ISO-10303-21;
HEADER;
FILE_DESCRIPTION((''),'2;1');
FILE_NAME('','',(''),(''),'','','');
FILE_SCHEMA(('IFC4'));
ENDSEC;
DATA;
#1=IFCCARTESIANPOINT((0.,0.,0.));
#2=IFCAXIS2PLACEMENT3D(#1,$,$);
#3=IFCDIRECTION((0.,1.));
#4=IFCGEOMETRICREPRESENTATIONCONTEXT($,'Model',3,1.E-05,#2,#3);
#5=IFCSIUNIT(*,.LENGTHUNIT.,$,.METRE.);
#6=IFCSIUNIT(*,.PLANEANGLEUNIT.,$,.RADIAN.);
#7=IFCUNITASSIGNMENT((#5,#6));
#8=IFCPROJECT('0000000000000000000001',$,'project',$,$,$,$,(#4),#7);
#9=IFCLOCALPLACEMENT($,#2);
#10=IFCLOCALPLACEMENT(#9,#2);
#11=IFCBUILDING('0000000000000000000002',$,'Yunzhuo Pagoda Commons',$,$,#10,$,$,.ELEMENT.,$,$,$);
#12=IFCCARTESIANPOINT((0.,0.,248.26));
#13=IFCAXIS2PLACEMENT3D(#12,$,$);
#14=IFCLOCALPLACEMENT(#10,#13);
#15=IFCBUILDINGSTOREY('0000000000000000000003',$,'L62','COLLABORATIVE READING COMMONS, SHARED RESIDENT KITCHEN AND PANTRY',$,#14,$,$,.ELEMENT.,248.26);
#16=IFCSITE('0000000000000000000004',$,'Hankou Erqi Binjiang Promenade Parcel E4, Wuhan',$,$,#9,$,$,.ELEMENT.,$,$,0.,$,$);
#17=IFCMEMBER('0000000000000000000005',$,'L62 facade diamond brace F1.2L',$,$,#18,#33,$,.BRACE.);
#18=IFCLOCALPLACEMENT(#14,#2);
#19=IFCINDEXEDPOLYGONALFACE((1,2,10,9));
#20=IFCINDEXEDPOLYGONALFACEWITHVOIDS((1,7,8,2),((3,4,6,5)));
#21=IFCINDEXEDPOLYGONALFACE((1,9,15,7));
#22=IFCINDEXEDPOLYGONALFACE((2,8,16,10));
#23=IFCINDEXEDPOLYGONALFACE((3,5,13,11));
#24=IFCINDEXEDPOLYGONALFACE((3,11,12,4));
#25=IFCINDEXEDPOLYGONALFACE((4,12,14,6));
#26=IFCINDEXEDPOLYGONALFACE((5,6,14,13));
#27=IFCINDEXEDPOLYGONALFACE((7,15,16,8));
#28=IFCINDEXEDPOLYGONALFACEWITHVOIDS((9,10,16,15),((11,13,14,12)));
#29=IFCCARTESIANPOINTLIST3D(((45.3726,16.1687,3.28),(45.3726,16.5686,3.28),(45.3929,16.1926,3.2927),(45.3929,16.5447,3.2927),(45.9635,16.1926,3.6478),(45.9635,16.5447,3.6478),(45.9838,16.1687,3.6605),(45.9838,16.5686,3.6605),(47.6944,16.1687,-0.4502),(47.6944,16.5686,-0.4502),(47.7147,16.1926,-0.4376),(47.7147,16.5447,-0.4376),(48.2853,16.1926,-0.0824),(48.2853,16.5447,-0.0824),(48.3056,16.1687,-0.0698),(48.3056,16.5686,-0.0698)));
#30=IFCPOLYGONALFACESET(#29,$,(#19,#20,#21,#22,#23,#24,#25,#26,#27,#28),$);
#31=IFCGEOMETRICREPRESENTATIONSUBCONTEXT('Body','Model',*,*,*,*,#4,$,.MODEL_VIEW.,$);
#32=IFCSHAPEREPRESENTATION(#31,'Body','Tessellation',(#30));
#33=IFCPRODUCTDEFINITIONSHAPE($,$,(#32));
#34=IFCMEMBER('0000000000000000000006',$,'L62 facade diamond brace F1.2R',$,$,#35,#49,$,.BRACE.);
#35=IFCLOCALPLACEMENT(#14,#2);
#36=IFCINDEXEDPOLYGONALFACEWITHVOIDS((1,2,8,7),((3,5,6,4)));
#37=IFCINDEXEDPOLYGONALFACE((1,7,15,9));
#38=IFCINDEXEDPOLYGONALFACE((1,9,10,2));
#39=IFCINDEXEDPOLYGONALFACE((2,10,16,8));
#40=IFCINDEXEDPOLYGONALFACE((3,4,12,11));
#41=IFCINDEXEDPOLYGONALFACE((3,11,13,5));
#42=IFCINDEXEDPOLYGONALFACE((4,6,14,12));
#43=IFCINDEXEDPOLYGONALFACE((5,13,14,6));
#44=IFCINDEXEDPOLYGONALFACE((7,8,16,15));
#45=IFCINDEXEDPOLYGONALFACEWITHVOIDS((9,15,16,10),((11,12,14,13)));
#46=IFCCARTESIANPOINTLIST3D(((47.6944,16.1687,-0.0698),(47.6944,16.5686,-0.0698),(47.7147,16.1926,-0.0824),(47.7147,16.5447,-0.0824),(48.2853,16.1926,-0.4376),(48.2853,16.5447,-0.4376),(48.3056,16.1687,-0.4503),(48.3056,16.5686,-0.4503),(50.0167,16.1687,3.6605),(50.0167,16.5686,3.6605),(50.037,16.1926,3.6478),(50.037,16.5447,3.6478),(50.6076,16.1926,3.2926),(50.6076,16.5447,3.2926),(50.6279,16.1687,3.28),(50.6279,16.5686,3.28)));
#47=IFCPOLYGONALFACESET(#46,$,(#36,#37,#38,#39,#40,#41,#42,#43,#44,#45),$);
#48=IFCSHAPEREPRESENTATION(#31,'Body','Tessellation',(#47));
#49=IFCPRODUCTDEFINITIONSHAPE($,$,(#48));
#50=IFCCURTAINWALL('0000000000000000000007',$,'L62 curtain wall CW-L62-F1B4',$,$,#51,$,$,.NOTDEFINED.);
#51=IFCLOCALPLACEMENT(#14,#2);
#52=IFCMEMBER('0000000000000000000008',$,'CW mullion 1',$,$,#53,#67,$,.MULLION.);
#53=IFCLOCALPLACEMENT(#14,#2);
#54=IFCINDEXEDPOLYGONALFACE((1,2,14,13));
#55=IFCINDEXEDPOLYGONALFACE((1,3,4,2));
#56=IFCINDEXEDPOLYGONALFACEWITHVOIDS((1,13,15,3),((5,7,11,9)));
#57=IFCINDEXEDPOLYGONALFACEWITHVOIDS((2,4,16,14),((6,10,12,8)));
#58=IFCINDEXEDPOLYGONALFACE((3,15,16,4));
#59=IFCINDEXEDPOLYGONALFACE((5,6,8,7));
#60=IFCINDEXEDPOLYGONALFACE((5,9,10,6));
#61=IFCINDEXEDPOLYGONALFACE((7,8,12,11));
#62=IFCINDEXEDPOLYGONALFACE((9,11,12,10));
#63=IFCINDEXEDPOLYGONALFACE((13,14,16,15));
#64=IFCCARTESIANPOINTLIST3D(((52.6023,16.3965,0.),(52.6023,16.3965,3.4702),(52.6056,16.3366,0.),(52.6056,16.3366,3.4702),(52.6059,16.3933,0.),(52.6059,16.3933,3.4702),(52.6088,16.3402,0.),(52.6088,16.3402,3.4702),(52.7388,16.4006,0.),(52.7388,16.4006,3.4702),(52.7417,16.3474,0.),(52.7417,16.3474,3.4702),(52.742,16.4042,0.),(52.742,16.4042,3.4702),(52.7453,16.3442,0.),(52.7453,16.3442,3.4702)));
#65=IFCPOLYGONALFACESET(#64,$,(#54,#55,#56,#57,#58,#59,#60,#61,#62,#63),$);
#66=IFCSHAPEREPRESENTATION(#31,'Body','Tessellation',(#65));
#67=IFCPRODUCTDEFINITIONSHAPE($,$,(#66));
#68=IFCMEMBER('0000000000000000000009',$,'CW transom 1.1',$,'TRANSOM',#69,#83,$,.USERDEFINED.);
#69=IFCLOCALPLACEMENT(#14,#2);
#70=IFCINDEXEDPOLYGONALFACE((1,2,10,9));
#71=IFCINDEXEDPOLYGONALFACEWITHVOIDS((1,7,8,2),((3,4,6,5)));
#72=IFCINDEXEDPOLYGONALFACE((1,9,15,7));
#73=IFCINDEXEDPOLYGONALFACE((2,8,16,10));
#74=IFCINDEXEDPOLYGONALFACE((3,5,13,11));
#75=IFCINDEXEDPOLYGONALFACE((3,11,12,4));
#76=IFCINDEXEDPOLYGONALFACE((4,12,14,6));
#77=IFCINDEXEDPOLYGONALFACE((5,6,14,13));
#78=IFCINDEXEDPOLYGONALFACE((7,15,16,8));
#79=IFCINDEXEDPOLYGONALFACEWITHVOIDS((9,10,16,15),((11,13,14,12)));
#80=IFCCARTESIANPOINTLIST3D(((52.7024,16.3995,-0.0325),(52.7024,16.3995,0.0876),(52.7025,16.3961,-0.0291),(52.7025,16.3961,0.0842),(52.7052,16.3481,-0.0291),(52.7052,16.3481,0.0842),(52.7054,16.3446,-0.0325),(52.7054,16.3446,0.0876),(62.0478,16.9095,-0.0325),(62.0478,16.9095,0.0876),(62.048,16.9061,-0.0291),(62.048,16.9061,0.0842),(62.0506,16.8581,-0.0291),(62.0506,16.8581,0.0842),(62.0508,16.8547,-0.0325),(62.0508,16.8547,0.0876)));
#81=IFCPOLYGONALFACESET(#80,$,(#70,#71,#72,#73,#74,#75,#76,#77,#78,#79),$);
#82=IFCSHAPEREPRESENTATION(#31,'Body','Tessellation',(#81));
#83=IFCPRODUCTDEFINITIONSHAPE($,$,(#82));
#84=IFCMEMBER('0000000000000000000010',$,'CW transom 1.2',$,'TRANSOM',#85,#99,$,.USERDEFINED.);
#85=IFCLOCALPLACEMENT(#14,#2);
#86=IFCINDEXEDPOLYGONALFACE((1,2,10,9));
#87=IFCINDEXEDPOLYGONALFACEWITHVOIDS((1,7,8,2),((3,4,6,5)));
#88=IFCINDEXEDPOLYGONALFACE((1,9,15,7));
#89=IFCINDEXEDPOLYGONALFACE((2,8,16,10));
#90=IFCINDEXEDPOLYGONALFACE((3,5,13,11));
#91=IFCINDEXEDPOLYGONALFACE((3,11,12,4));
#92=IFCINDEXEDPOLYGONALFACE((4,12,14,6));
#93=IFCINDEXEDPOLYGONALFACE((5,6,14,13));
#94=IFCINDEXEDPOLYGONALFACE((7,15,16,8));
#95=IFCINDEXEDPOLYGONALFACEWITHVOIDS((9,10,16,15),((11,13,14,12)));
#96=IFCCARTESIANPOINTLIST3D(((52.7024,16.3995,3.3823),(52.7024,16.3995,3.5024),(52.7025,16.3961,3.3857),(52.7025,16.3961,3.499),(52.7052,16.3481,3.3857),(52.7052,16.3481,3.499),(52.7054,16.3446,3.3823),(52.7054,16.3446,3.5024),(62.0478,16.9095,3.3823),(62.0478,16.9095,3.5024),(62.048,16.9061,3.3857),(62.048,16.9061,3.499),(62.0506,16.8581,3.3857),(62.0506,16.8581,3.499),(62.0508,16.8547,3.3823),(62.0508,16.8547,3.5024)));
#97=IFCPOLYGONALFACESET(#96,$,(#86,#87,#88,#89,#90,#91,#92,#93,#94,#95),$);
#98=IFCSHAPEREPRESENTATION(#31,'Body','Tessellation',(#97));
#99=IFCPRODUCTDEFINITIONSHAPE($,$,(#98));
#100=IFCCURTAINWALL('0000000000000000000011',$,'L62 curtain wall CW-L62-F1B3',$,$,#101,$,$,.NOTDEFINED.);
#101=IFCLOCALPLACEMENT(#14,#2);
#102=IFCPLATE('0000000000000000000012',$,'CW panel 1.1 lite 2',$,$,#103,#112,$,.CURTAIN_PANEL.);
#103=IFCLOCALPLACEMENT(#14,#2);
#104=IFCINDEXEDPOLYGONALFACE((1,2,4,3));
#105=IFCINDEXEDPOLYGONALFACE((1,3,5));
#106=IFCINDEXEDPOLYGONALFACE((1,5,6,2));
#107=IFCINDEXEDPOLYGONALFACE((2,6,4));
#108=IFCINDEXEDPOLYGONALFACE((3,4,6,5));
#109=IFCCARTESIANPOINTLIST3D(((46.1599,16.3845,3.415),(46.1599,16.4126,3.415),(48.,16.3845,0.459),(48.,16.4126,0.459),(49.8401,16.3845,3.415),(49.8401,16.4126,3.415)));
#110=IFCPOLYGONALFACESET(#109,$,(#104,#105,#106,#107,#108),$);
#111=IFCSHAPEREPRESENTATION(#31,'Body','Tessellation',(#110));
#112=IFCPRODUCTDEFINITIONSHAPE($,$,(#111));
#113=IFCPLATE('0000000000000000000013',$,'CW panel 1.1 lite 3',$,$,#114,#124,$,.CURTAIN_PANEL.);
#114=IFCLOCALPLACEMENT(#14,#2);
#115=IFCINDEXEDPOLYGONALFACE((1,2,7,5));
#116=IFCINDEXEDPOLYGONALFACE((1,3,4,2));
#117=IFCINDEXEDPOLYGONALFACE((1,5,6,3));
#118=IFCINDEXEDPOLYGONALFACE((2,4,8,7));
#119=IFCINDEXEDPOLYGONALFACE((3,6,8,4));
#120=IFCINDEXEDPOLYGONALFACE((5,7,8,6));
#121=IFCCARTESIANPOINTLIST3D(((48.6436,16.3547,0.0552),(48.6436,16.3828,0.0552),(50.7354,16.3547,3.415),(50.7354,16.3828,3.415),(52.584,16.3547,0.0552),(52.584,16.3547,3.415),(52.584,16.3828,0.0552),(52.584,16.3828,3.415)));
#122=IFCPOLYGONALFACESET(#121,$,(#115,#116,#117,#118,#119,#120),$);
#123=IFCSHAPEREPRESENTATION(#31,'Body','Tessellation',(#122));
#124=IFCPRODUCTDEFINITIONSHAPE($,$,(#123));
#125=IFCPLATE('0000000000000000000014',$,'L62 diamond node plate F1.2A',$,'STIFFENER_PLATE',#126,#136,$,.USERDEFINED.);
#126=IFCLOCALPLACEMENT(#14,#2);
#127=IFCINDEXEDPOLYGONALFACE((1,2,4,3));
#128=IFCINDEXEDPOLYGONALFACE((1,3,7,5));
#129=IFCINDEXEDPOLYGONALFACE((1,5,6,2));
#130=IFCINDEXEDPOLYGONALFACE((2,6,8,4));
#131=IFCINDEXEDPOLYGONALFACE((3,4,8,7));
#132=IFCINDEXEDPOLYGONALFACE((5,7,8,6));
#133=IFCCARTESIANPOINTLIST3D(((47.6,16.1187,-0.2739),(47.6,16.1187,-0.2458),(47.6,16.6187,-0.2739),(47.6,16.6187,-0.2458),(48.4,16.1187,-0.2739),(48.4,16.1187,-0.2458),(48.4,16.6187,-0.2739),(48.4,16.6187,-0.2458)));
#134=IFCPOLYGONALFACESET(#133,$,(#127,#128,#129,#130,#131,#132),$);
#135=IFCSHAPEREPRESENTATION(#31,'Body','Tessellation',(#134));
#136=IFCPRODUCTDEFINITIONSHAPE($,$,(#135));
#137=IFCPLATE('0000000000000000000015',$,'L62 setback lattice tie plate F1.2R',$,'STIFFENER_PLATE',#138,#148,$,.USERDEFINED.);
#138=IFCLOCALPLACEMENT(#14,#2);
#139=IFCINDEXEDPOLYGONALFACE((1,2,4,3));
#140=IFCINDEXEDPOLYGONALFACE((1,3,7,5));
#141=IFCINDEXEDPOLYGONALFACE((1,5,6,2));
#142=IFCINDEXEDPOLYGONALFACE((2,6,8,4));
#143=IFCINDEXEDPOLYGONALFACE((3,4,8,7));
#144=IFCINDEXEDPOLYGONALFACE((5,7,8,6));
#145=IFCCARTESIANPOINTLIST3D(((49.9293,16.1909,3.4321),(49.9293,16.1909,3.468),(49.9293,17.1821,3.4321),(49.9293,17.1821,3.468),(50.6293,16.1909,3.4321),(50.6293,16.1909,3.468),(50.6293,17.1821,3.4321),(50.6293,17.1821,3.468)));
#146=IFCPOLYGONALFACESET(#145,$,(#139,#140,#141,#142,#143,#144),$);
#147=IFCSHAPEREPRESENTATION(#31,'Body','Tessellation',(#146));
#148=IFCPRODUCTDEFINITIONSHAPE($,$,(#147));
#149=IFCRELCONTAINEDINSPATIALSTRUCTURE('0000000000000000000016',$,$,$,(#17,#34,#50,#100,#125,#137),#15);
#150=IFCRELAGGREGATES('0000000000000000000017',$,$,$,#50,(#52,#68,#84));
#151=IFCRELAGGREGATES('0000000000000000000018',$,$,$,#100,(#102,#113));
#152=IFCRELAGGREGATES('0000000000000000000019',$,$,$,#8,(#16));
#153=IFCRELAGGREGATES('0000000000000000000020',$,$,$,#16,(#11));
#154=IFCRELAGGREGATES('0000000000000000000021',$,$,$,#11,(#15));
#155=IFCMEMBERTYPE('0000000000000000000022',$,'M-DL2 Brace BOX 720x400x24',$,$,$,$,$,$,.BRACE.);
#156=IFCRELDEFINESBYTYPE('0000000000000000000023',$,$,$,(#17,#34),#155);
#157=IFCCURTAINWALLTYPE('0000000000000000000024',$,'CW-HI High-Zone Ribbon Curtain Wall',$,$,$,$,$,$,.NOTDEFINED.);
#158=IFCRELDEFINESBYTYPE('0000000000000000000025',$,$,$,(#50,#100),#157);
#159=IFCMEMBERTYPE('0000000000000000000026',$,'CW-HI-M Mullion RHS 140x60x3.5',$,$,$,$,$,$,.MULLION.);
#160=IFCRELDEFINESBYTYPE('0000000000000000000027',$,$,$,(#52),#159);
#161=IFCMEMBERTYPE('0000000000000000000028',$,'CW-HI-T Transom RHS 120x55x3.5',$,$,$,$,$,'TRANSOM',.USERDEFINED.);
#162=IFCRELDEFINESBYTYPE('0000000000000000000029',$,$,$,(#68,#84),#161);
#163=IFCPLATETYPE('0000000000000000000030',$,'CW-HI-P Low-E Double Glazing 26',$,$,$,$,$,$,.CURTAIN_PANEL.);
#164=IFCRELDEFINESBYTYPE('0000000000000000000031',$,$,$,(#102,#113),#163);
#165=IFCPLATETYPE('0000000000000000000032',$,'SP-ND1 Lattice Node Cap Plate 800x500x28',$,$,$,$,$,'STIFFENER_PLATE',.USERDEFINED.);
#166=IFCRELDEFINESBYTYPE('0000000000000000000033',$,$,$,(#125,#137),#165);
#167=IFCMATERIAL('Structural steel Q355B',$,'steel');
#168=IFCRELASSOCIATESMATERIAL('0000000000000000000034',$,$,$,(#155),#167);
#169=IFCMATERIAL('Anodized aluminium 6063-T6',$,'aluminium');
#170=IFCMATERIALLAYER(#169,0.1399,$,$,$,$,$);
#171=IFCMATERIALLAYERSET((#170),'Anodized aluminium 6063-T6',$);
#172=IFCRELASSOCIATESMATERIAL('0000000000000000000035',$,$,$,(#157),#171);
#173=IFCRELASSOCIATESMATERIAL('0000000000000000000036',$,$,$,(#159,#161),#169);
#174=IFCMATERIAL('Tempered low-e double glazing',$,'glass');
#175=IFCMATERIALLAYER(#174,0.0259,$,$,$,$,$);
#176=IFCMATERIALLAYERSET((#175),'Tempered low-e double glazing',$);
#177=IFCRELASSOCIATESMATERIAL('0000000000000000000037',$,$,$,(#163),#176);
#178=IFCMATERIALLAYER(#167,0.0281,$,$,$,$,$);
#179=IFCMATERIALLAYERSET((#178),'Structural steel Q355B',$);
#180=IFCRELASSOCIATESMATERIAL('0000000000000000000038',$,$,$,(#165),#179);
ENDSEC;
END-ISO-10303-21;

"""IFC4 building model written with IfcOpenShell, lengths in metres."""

from ifc_helpers import new_model, si_unit, direction, frame, origin, origin_2d, place, context, subcontext, project, spatial, polyline, rectangle, hollow_rectangle, outline, extrude, source, transform, mapped, material, layer, layer_set, material_profile, profile_set, type_object, element, aggregate, save


model = new_model("IFC4")

# Units and contexts
model_context = context("Model", 3, precision=1e-05, world=origin(), true_north=direction((0.0, 1.0)))
body_context = subcontext(model_context, "Body", "Model", "MODEL_VIEW")
ifc_project = project(units=[si_unit("LENGTHUNIT", "METRE"), si_unit("PLANEANGLEUNIT", "RADIAN")], contexts=[model_context])

# Site, building, storey
site_placement = place(None, origin())
site = spatial("IfcSite", under=ifc_project, at=site_placement, Name="Hankou Erqi Binjiang Promenade Parcel E4, Wuhan", CompositionType="ELEMENT", RefElevation=0.0)
building_placement = place(site_placement, origin())
building = spatial("IfcBuilding", under=site, at=building_placement, Name="Yunzhuo Pagoda Commons", CompositionType="ELEMENT")
storey_placement = place(building_placement, frame((0.0, 0.0, 248.26)))
storey = spatial("IfcBuildingStorey", under=building, at=storey_placement, Name="L62", Description="COLLABORATIVE READING COMMONS, SHARED RESIDENT KITCHEN AND PANTRY", CompositionType="ELEMENT", Elevation=248.26)

# Shared definitions
ifc_material_1 = material(Name="Structural steel Q355B", Category="steel")

# Members
ifc_material_profile_1 = material_profile(ifc_material_1, hollow_rectangle(XDim=0.3999, YDim=0.72, WallThickness=0.0239, at=origin_2d()), Name="Structural steel Q355B")
ifc_profile_set_1 = profile_set([ifc_material_profile_1], Name="Structural steel Q355B")
member_type_1 = type_object("IfcMemberType", Name="M-DL2 Brace BOX 720x400x24", PredefinedType="BRACE", material=ifc_profile_set_1)
shared_shape_1 = source(origin(), body_context, "Body", "SweptSolid", [
    extrude(hollow_rectangle(XDim=0.3999, YDim=0.72, WallThickness=0.0239, at=origin_2d()), origin(), (0.0, 0.0, 1.0), 4.3938),
])
member_1_placement = place(storey_placement, frame((48.0, 16.3687, -0.26), z_axis=(-0.528425, 0.0, 0.84898), x_axis=(0.0, -1.0, 0.0)))
element("IfcMember", 1, at=member_1_placement, inside=storey, type_object=member_type_1, Name="L62 facade diamond brace F1.2L", PredefinedType="BRACE", context=body_context, shape_type="MappedRepresentation", body=[
    mapped(shared_shape_1, transform((0.0, 0.0, 0.0), scale=1.0)),
])
shared_shape_2 = source(origin(), body_context, "Body", "SweptSolid", [
    extrude(hollow_rectangle(XDim=0.3999, YDim=0.72, WallThickness=0.0239, at=origin_2d()), origin(), (0.0, 0.0, 1.0), 4.394),
])
member_2_placement = place(storey_placement, frame((48.0, 16.3687, -0.26), z_axis=(0.528505, 0.0, 0.84893), x_axis=(0.0, 1.0, 0.0)))
element("IfcMember", 2, at=member_2_placement, inside=storey, type_object=member_type_1, Name="L62 facade diamond brace F1.2R", PredefinedType="BRACE", context=body_context, shape_type="MappedRepresentation", body=[
    mapped(shared_shape_2, transform((0.0, 0.0, 0.0), scale=1.0)),
])

# Curtain wall, members
ifc_material_2 = material(Name="Anodized aluminium 6063-T6", Category="aluminium")
ifc_layer_1 = layer(ifc_material_2, 0.1399)
ifc_layer_set_1 = layer_set([ifc_layer_1], Name="Anodized aluminium 6063-T6")
curtain_wall_type = type_object("IfcCurtainWallType", Name="CW-HI High-Zone Ribbon Curtain Wall", PredefinedType="NOTDEFINED", material=ifc_layer_set_1)
curtain_wall_1_placement = place(storey_placement, origin())
curtain_wall_1 = element("IfcCurtainWall", 3, at=curtain_wall_1_placement, inside=storey, type_object=curtain_wall_type, Name="L62 curtain wall CW-L62-F1B4", PredefinedType="NOTDEFINED")
ifc_material_profile_2 = material_profile(ifc_material_2, hollow_rectangle(XDim=0.0601, YDim=0.1399, WallThickness=0.0034, at=origin_2d()), Name="Anodized aluminium 6063-T6")
ifc_profile_set_2 = profile_set([ifc_material_profile_2], Name="Anodized aluminium 6063-T6")
member_type_2 = type_object("IfcMemberType", Name="CW-HI-M Mullion RHS 140x60x3.5", PredefinedType="MULLION", material=ifc_profile_set_2)
shared_shape_3 = source(origin(), body_context, "Body", "SweptSolid", [
    extrude(hollow_rectangle(XDim=0.0601, YDim=0.1399, WallThickness=0.0034, at=origin_2d()), origin(), (0.0, 0.0, 1.0), 3.4702),
])
member_3_placement = place(storey_placement, frame((52.6738, 16.3704, 0.0), z_axis=(0.0, 0.0, 1.0), x_axis=(-0.054497, 0.998514, 0.0)))
member_3 = element("IfcMember", 4, at=member_3_placement, type_object=member_type_2, Name="CW mullion 1", PredefinedType="MULLION", context=body_context, shape_type="MappedRepresentation", body=[
    mapped(shared_shape_3, transform((0.0, 0.0, 0.0), scale=1.0)),
])
ifc_material_profile_3 = material_profile(ifc_material_2, hollow_rectangle(XDim=0.0549, YDim=0.1201, WallThickness=0.0034, at=origin_2d()), Name="Anodized aluminium 6063-T6")
ifc_profile_set_3 = profile_set([ifc_material_profile_3], Name="Anodized aluminium 6063-T6")
member_type_3 = type_object("IfcMemberType", Name="CW-HI-T Transom RHS 120x55x3.5", ElementType="TRANSOM", PredefinedType="USERDEFINED", material=ifc_profile_set_3)
shared_shape_4 = source(origin(), body_context, "Body", "SweptSolid", [
    extrude(hollow_rectangle(XDim=0.0549, YDim=0.1201, WallThickness=0.0034, at=origin_2d()), origin(), (0.0, 0.0, 1.0), 9.3594),
])
member_4_placement = place(storey_placement, frame((52.7039, 16.3721, 0.0276), z_axis=(0.998514, 0.054492, 0.0), x_axis=(-0.054492, 0.998514, 0.0)))
member_4 = element("IfcMember", 5, at=member_4_placement, type_object=member_type_3, Name="CW transom 1.1", ObjectType="TRANSOM", PredefinedType="USERDEFINED", context=body_context, shape_type="MappedRepresentation", body=[
    mapped(shared_shape_4, transform((0.0, 0.0, 0.0), scale=1.0)),
])
member_5_placement = place(storey_placement, frame((52.7039, 16.3721, 3.4424), z_axis=(0.998514, 0.054492, 0.0), x_axis=(-0.054492, 0.998514, 0.0)))
member_5 = element("IfcMember", 6, at=member_5_placement, type_object=member_type_3, Name="CW transom 1.2", ObjectType="TRANSOM", PredefinedType="USERDEFINED", context=body_context, shape_type="MappedRepresentation", body=[
    mapped(shared_shape_4, transform((0.0, 0.0, 0.0), scale=1.0)),
])
aggregate(curtain_wall_1, [member_3, member_4, member_5])

# Curtain wall, plates
curtain_wall_2_placement = place(storey_placement, origin())
curtain_wall_2 = element("IfcCurtainWall", 7, at=curtain_wall_2_placement, inside=storey, type_object=curtain_wall_type, Name="L62 curtain wall CW-L62-F1B3", PredefinedType="NOTDEFINED")
ifc_material_3 = material(Name="Tempered low-e double glazing", Category="glass")
ifc_layer_2 = layer(ifc_material_3, 0.0259)
ifc_layer_set_2 = layer_set([ifc_layer_2], Name="Tempered low-e double glazing")
plate_type_1 = type_object("IfcPlateType", Name="CW-HI-P Low-E Double Glazing 26", PredefinedType="CURTAIN_PANEL", material=ifc_layer_set_2)
plate_1_placement = place(storey_placement, frame((48.0, 16.4126, 1.937), z_axis=(0.0, -1.0, 0.0), x_axis=(1.0, 0.0, 0.0)))
plate_1 = element("IfcPlate", 8, at=plate_1_placement, type_object=plate_type_1, Name="CW panel 1.1 lite 2", PredefinedType="CURTAIN_PANEL", context=body_context, shape_type="SweptSolid", body=[
    extrude(outline(polyline([(-1.8401, 1.478), (0.0, -1.478), (1.8401, 1.478), (-1.8401, 1.478)])), origin(), (0.0, 0.0, 1.0), 0.0281),
])
plate_2_placement = place(storey_placement, frame((50.6138, 16.3828, 1.7351), z_axis=(0.0, -1.0, 0.0), x_axis=(1.0, 0.0, 0.0)))
plate_2 = element("IfcPlate", 9, at=plate_2_placement, type_object=plate_type_1, Name="CW panel 1.1 lite 3", PredefinedType="CURTAIN_PANEL", context=body_context, shape_type="SweptSolid", body=[
    extrude(outline(polyline([(-1.9702, -1.6799), (1.9702, -1.6799), (1.9702, 1.6799), (0.1216, 1.6799), (-1.9702, -1.6799)])), origin(), (0.0, 0.0, 1.0), 0.0281),
])
aggregate(curtain_wall_2, [plate_1, plate_2])

# Plates
ifc_layer_3 = layer(ifc_material_1, 0.0281)
ifc_layer_set_3 = layer_set([ifc_layer_3], Name="Structural steel Q355B")
plate_type_2 = type_object("IfcPlateType", Name="SP-ND1 Lattice Node Cap Plate 800x500x28", ElementType="STIFFENER_PLATE", PredefinedType="USERDEFINED", material=ifc_layer_set_3)
shared_shape_5 = source(origin(), body_context, "Body", "SweptSolid", [
    extrude(rectangle(XDim=0.8, YDim=0.5, at=origin_2d()), origin(), (0.0, 0.0, 1.0), 0.0281),
])
plate_3_placement = place(storey_placement, frame((48.0, 16.3687, -0.2739), z_axis=(0.0, 0.0, 1.0), x_axis=(1.0, 0.0, 0.0)))
element("IfcPlate", 10, at=plate_3_placement, inside=storey, type_object=plate_type_2, Name="L62 diamond node plate F1.2A", ObjectType="STIFFENER_PLATE", PredefinedType="USERDEFINED", context=body_context, shape_type="MappedRepresentation", body=[
    mapped(shared_shape_5, transform((0.0, 0.0, 0.0), scale=1.0)),
])
shared_shape_6 = source(origin(), body_context, "Body", "SweptSolid", [
    extrude(rectangle(XDim=0.7, YDim=0.9912, at=origin_2d()), origin(), (0.0, 0.0, 1.0), 0.0359),
])
plate_4_placement = place(storey_placement, frame((50.2793, 16.6865, 3.4321), z_axis=(0.0, 0.0, 1.0), x_axis=(1.0, 0.0, 0.0)))
element("IfcPlate", 11, at=plate_4_placement, inside=storey, type_object=plate_type_2, Name="L62 setback lattice tie plate F1.2R", ObjectType="STIFFENER_PLATE", PredefinedType="USERDEFINED", context=body_context, shape_type="MappedRepresentation", body=[
    mapped(shared_shape_6, transform((0.0, 0.0, 0.0), scale=1.0)),
])

save(model, "model.ifc")
